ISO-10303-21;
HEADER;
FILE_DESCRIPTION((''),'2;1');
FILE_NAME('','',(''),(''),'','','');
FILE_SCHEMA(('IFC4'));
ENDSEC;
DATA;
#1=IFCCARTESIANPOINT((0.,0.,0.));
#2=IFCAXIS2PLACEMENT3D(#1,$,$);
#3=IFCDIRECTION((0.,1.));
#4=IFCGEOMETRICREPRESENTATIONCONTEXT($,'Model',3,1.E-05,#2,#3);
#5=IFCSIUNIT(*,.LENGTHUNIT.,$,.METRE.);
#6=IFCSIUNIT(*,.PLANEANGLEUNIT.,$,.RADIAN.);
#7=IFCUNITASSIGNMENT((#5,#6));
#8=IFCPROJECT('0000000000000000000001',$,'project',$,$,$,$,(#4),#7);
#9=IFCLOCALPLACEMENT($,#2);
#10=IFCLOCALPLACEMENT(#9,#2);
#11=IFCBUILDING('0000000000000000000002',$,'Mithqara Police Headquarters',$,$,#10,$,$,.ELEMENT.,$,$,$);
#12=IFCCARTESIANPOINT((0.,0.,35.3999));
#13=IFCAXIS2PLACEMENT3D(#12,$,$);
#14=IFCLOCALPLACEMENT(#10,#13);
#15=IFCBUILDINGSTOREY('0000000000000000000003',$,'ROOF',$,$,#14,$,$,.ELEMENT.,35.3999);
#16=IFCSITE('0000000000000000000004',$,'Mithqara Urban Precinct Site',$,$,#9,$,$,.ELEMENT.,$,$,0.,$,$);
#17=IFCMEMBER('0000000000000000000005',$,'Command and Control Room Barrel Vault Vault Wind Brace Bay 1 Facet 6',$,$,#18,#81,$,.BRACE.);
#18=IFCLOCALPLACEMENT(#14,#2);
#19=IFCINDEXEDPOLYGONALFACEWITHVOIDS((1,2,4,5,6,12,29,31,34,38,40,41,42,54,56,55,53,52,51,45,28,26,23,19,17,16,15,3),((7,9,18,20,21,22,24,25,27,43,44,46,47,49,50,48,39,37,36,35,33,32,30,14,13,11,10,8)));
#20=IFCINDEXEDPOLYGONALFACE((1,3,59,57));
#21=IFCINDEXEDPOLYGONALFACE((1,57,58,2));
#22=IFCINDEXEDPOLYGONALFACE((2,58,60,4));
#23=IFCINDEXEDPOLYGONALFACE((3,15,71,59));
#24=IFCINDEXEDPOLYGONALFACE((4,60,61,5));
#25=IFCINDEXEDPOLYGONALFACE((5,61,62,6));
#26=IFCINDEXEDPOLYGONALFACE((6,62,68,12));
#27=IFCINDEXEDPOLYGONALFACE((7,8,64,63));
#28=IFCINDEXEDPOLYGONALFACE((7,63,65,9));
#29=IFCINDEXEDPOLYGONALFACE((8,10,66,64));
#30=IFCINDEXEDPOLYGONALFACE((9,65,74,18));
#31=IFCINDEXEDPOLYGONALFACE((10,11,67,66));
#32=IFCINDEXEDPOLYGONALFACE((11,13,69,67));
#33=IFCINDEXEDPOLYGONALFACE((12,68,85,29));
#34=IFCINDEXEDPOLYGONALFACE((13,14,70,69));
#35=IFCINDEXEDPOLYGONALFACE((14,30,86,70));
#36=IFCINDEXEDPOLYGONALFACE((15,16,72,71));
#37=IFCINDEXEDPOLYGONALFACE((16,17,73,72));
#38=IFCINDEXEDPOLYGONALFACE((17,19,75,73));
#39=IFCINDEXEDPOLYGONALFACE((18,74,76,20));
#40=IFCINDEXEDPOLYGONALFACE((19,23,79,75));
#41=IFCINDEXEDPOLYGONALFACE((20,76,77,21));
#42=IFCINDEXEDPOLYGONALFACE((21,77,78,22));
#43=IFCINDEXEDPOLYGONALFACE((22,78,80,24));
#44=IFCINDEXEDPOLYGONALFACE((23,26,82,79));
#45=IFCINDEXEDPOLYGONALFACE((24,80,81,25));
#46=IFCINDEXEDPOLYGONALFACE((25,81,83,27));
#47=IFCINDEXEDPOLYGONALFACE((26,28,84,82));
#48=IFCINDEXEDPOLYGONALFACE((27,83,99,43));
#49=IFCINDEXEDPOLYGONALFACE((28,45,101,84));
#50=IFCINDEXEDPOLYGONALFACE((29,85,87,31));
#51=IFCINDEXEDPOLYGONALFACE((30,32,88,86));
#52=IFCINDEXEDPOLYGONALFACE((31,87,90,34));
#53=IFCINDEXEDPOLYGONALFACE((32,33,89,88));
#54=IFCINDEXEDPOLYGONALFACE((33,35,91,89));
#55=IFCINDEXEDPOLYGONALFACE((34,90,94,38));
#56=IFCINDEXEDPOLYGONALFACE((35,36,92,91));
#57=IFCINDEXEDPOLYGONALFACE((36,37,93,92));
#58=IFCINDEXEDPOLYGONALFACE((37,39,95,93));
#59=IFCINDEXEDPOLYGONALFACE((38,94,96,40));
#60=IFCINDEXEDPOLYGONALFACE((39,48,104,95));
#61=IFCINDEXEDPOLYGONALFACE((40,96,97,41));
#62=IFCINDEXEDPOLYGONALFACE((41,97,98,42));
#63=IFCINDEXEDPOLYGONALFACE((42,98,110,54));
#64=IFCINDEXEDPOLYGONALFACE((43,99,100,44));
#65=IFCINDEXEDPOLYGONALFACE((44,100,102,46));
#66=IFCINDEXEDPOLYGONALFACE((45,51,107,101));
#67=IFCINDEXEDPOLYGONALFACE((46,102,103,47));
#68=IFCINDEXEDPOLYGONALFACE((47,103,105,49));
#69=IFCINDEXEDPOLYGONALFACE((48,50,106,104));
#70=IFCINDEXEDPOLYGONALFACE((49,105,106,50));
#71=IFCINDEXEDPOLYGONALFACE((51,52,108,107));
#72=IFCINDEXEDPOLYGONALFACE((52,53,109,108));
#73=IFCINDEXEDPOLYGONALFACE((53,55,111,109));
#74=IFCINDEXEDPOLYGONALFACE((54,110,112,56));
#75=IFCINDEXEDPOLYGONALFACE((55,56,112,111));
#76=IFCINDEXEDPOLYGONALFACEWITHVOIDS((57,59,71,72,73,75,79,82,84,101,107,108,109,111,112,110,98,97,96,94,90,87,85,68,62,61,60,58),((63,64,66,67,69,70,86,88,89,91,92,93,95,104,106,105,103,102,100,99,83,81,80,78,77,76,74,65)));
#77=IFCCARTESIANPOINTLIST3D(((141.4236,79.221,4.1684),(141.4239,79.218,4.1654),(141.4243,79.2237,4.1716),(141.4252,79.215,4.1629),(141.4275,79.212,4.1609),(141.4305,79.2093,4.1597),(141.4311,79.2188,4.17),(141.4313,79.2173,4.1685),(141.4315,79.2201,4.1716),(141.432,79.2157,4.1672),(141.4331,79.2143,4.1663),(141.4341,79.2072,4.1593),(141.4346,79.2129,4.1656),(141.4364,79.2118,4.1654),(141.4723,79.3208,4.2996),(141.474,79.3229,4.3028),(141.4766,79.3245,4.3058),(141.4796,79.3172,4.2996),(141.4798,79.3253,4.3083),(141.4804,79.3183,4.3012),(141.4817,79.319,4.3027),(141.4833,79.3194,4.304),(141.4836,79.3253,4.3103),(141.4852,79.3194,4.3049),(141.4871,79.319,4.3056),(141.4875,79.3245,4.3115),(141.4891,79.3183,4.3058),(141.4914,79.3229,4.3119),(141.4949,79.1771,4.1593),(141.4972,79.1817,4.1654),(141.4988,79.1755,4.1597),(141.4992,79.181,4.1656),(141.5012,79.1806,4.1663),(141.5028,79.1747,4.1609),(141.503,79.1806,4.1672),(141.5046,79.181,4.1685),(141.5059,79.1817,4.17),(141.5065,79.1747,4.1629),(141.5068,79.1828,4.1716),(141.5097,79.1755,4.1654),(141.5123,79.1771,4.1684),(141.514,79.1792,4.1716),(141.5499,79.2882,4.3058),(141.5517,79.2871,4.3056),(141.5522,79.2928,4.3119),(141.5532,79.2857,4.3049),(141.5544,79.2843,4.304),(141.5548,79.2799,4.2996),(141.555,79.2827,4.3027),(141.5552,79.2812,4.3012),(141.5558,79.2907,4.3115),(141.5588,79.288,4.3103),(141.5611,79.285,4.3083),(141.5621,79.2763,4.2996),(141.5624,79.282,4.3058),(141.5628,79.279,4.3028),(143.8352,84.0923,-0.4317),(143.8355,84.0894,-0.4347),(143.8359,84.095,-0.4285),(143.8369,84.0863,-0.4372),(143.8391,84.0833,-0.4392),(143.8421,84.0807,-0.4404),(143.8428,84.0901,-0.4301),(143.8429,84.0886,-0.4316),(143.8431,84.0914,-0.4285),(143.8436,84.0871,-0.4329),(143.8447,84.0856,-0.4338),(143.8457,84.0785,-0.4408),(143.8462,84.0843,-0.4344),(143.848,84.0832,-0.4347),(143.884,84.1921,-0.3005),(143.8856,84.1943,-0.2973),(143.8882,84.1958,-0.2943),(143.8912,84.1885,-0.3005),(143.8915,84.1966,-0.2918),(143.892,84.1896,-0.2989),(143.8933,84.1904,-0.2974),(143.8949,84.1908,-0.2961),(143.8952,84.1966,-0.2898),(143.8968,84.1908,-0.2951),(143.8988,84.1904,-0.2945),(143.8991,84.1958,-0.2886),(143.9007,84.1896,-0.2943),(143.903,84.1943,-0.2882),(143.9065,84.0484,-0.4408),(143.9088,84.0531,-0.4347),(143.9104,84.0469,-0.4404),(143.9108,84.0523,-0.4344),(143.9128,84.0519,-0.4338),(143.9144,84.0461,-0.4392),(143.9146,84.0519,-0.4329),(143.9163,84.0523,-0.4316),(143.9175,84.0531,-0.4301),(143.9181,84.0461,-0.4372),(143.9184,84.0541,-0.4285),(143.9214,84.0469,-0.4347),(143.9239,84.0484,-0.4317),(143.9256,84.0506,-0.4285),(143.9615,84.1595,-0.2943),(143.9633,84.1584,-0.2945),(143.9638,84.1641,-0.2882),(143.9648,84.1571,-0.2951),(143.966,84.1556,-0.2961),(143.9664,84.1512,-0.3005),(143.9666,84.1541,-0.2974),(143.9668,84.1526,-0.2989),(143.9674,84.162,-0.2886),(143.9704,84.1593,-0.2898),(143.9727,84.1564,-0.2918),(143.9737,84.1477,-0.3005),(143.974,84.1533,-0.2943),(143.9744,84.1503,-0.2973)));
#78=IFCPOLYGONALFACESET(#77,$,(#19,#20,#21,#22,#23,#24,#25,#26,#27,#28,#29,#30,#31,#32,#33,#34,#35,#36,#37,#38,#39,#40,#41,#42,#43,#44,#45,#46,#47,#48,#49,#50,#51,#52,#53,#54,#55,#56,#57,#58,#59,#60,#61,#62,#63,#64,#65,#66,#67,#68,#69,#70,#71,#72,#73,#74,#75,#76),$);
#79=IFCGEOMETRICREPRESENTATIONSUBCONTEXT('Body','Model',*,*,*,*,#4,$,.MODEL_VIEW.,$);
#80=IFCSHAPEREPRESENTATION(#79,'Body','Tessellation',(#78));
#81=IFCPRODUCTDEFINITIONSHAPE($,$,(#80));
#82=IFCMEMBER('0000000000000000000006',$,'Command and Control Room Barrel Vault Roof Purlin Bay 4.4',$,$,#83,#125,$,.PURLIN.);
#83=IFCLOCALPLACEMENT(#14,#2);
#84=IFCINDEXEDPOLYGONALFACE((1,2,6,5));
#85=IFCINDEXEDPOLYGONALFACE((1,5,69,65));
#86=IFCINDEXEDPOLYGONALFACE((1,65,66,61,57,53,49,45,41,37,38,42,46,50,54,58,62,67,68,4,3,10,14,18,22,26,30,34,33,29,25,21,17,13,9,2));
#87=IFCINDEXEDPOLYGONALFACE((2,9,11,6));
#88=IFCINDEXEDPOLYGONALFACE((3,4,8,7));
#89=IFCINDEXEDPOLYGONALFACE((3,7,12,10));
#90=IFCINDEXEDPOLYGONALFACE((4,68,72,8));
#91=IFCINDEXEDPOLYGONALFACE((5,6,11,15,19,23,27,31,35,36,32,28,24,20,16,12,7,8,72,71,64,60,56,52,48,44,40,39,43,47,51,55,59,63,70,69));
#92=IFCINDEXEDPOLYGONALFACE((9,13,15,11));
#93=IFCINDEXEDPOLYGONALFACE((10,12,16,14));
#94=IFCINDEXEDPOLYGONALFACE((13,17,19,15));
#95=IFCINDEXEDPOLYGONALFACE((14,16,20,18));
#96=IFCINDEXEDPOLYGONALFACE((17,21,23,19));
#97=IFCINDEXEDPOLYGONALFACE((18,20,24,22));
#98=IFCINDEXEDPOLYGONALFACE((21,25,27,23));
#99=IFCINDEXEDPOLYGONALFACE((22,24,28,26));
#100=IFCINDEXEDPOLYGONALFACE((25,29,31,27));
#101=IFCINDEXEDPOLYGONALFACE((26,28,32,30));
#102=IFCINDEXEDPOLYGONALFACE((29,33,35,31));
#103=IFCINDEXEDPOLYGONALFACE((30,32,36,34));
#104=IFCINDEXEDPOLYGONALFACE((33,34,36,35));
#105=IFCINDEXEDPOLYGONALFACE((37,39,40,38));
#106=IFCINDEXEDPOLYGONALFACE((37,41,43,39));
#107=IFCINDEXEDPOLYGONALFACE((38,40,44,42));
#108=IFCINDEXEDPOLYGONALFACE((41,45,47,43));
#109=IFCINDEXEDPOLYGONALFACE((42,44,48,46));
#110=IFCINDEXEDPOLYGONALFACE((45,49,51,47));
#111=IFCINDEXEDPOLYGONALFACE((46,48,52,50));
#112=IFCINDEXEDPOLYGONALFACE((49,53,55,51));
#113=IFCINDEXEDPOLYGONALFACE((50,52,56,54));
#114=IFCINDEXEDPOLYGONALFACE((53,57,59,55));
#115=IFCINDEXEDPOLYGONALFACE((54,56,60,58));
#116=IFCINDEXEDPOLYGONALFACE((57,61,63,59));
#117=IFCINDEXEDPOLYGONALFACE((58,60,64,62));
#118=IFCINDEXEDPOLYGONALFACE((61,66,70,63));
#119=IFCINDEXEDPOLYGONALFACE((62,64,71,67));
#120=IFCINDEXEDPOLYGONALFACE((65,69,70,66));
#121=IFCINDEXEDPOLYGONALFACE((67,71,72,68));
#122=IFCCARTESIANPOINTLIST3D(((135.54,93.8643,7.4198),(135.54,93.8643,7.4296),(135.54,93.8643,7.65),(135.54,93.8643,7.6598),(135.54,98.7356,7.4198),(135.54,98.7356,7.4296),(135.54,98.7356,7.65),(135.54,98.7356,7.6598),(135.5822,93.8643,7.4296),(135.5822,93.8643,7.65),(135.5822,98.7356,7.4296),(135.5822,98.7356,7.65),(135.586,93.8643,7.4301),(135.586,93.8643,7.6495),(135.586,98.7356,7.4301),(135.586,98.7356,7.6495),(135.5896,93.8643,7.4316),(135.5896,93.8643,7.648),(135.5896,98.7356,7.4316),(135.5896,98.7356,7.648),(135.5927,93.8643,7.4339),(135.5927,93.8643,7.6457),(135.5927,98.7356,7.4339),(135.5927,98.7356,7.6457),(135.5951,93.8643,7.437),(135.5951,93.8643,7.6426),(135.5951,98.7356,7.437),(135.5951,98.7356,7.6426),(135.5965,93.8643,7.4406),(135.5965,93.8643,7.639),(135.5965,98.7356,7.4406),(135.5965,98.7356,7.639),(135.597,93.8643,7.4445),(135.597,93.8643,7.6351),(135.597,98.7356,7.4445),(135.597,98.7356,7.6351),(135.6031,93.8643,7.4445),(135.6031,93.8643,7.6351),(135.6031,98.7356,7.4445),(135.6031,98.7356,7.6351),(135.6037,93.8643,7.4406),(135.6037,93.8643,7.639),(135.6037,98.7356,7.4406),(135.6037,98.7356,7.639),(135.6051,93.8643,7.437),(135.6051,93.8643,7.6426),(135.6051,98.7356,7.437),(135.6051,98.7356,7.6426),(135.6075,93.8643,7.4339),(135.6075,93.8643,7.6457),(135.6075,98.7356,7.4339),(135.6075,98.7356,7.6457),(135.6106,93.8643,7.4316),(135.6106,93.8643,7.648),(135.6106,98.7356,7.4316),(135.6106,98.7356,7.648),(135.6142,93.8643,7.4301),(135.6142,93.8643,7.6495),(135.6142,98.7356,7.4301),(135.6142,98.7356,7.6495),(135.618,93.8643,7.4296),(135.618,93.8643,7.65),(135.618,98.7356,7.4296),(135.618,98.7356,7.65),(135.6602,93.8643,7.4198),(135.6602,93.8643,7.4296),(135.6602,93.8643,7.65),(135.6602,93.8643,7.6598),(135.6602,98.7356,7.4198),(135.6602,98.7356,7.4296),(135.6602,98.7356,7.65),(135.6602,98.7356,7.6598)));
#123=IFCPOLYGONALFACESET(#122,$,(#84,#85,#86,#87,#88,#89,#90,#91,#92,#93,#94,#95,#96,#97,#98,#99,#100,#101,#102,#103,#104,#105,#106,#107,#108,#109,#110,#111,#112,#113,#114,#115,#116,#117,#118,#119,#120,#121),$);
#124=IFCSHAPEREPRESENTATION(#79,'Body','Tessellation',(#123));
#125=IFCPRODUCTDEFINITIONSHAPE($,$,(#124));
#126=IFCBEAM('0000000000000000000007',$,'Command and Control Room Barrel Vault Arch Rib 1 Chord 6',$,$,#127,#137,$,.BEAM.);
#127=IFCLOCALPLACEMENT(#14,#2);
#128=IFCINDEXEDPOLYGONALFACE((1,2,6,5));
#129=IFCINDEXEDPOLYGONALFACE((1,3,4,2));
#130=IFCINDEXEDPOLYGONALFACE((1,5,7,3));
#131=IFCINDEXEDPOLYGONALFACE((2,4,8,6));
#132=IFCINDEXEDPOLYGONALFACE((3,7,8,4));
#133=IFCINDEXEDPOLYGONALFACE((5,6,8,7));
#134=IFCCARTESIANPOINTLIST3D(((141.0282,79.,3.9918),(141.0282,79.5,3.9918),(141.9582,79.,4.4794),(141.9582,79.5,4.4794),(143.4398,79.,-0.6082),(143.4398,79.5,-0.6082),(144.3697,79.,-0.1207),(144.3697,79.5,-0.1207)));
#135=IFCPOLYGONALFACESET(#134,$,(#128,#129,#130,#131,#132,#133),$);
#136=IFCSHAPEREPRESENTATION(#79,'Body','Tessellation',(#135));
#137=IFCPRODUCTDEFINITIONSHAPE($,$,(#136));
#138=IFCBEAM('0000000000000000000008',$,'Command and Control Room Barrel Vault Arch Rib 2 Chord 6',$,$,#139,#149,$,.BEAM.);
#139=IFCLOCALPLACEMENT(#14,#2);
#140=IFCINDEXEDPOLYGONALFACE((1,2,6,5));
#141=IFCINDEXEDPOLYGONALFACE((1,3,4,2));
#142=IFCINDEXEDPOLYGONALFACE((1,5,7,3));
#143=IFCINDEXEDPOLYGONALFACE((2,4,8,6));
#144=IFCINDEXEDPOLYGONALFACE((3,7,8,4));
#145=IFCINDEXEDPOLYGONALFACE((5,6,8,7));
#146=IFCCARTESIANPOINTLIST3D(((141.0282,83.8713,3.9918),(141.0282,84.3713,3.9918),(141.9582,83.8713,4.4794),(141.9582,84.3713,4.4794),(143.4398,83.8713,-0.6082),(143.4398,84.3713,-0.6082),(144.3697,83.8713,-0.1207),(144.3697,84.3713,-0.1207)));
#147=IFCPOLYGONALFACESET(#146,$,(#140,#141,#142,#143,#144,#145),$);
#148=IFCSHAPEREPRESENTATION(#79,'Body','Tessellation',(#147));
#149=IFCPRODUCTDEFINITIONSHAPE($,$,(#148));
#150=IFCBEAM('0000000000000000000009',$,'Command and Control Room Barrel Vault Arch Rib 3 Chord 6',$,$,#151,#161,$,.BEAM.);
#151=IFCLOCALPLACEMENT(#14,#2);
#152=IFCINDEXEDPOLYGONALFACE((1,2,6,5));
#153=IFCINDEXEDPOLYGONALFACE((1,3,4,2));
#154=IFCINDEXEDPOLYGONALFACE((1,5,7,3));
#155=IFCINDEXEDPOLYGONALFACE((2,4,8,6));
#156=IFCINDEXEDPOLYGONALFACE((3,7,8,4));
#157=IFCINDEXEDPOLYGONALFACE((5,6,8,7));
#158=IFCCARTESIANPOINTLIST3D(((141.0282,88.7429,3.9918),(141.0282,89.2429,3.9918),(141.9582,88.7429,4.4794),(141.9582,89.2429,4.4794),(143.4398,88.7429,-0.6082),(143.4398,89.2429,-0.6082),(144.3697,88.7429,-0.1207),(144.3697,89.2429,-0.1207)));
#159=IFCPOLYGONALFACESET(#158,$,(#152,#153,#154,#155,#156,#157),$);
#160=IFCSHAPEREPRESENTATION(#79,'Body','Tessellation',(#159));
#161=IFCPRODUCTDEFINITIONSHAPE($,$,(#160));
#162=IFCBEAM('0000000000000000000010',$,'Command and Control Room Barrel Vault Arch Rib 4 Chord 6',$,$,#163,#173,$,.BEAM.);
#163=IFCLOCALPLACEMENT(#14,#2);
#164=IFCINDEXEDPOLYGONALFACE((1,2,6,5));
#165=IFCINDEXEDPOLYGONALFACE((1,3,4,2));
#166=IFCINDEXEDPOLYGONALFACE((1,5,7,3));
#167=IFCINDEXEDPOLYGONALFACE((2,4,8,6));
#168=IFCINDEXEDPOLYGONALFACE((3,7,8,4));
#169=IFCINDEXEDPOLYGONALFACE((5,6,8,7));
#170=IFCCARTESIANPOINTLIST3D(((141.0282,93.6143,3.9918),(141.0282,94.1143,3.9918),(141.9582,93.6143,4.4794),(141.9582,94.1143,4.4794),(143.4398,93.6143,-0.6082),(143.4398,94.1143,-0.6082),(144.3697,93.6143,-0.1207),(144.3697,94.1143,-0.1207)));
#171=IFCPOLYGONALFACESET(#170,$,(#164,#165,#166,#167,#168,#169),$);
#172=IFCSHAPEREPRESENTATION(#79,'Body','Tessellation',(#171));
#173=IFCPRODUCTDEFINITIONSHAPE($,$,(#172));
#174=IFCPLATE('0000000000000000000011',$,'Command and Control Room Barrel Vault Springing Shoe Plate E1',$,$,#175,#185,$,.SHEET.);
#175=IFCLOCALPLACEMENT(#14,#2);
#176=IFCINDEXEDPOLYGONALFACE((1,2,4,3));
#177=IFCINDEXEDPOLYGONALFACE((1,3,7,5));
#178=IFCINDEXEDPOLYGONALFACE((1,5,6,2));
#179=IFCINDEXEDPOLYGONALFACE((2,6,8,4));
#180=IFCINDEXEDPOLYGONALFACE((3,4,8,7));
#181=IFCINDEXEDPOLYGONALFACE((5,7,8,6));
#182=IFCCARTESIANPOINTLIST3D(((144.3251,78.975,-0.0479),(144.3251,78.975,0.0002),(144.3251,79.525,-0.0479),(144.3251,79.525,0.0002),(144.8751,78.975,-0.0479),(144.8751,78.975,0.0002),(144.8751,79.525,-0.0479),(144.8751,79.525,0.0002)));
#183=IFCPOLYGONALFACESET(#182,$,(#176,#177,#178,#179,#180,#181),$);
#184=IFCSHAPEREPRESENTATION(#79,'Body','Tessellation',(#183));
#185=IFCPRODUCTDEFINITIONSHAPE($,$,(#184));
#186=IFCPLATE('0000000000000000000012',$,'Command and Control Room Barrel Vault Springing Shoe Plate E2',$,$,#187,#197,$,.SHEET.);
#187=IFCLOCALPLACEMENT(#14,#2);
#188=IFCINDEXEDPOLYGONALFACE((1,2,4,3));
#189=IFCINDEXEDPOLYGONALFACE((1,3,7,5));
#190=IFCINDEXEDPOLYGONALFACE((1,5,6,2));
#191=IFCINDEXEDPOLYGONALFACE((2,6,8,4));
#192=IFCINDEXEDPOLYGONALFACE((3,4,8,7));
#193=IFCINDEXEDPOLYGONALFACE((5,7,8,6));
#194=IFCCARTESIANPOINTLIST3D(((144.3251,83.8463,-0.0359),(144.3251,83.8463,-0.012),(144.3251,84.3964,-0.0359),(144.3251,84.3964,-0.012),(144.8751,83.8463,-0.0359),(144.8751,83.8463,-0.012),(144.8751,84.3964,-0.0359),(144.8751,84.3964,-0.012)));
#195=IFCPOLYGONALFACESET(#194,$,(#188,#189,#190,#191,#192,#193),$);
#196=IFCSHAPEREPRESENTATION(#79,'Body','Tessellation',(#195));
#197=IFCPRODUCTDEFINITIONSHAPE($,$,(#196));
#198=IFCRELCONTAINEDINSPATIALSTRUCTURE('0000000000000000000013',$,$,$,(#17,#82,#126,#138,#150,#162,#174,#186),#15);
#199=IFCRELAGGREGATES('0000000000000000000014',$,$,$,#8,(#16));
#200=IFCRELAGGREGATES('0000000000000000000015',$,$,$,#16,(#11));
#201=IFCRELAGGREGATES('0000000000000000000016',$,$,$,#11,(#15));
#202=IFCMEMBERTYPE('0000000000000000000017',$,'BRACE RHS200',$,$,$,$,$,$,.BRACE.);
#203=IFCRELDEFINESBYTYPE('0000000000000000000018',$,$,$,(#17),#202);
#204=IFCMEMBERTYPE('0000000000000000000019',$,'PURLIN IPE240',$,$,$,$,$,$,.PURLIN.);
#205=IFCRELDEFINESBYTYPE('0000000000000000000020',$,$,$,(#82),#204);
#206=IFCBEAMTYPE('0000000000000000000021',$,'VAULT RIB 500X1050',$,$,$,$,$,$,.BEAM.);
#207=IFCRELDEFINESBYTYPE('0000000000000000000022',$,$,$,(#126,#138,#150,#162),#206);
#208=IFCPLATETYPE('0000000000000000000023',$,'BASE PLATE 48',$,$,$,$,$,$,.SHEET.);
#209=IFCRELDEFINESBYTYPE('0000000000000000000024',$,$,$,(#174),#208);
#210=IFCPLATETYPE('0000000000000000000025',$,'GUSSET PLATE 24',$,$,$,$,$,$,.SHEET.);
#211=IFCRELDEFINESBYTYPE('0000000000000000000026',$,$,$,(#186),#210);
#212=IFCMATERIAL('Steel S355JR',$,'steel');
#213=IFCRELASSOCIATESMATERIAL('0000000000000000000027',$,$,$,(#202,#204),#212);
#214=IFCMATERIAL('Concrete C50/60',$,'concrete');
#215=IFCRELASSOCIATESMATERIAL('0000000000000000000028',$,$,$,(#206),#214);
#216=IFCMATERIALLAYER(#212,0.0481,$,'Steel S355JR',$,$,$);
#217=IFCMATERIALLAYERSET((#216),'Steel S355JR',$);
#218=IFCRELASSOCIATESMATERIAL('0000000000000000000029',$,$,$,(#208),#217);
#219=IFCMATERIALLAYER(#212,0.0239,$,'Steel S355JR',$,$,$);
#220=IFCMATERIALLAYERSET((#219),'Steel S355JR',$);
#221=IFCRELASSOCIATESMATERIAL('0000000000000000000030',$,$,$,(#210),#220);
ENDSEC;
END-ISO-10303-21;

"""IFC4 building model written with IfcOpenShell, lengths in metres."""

from ifc_helpers import new_model, si_unit, direction, frame, origin, origin_2d, place, context, subcontext, project, spatial, rectangle, hollow_rectangle, i_section, extrude, material, layer, layer_set, material_profile, profile_set, type_object, element, save


model = new_model("IFC4")

# Units and contexts
model_context = context("Model", 3, precision=1e-05, world=origin(), true_north=direction((0.0, 1.0)))
body_context = subcontext(model_context, "Body", "Model", "MODEL_VIEW")
ifc_project = project(units=[si_unit("LENGTHUNIT", "METRE"), si_unit("PLANEANGLEUNIT", "RADIAN")], contexts=[model_context])

# Site, building, storey
site_placement = place(None, origin())
site = spatial("IfcSite", under=ifc_project, at=site_placement, Name="Mithqara Urban Precinct Site", CompositionType="ELEMENT", RefElevation=0.0)
building_placement = place(site_placement, origin())
building = spatial("IfcBuilding", under=site, at=building_placement, Name="Mithqara Police Headquarters", CompositionType="ELEMENT")
storey_placement = place(building_placement, frame((0.0, 0.0, 35.3999)))
storey = spatial("IfcBuildingStorey", under=building, at=storey_placement, Name="ROOF", CompositionType="ELEMENT", Elevation=35.3999)

# Members
ifc_material_1 = material(Name="Steel S355JR", Category="steel")
ifc_material_profile_1 = material_profile(ifc_material_1, hollow_rectangle(XDim=0.1001, YDim=0.2, WallThickness=0.0081, InnerFilletRadius=0.0081, OuterFilletRadius=0.0161, at=origin_2d()), Name="RHS 200x100x8.0")
ifc_profile_set_1 = profile_set([ifc_material_profile_1], Name="Steel S355JR")
member_type_1 = type_object("IfcMemberType", Name="BRACE RHS200", PredefinedType="BRACE", material=ifc_profile_set_1)
member_1_placement = place(storey_placement, frame((141.4932, 79.25, 4.2356), z_axis=(0.33867, 0.684093, -0.646002), x_axis=(-0.89619, 0.443671, 0.0)))
element("IfcMember", 1, at=member_1_placement, inside=storey, type_object=member_type_1, Name="Command and Control Room Barrel Vault Vault Wind Brace Bay 1 Facet 6", PredefinedType="BRACE", context=body_context, shape_type="SweptSolid", body=[
    extrude(hollow_rectangle(XDim=0.1001, YDim=0.2, WallThickness=0.0081, InnerFilletRadius=0.0081, OuterFilletRadius=0.0161, at=origin_2d()), origin(), (0.0, 0.0, 1.0), 7.1208),
])
ifc_material_profile_2 = material_profile(ifc_material_1, i_section(OverallWidth=0.1201, OverallDepth=0.24, WebThickness=0.0061, FlangeThickness=0.0098, FilletRadius=0.0149, at=origin_2d()), Name="IPE 240")
ifc_profile_set_2 = profile_set([ifc_material_profile_2], Name="Steel S355JR")
member_type_2 = type_object("IfcMemberType", Name="PURLIN IPE240", PredefinedType="PURLIN", material=ifc_profile_set_2)
member_2_placement = place(storey_placement, frame((135.6001, 93.8643, 7.5398), z_axis=(0.0, 1.0, 0.0), x_axis=(-1.0, 0.0, 0.0)))
element("IfcMember", 2, at=member_2_placement, inside=storey, type_object=member_type_2, Name="Command and Control Room Barrel Vault Roof Purlin Bay 4.4", PredefinedType="PURLIN", context=body_context, shape_type="SweptSolid", body=[
    extrude(i_section(OverallWidth=0.1201, OverallDepth=0.24, WebThickness=0.0061, FlangeThickness=0.0098, FilletRadius=0.0149, at=origin_2d()), origin(), (0.0, 0.0, 1.0), 4.8713),
])

# Beams
ifc_material_2 = material(Name="Concrete C50/60", Category="concrete")
ifc_material_profile_3 = material_profile(ifc_material_2, rectangle(XDim=0.5, YDim=1.05, at=origin_2d()), Name="RIB 500x1050")
ifc_profile_set_3 = profile_set([ifc_material_profile_3], Name="Concrete C50/60")
beam_type = type_object("IfcBeamType", Name="VAULT RIB 500X1050", PredefinedType="BEAM", material=ifc_profile_set_3)
for number, where, z_axis, x_axis, name in (
    (3, (141.4932, 79.25, 4.2356), (0.464316, 0.0, -0.88567), (0.0, 1.0, 0.0), "Command and Control Room Barrel Vault Arch Rib 1 Chord 6"),
    (4, (141.4932, 84.1213, 4.2356), (0.464316, 0.0, -0.88567), (0.0, 1.0, 0.0), "Command and Control Room Barrel Vault Arch Rib 2 Chord 6"),
    (5, (141.4932, 88.9929, 4.2356), (0.464316, 0.0, -0.88567), (0.0, 1.0, 0.0), "Command and Control Room Barrel Vault Arch Rib 3 Chord 6"),
    (6, (141.4932, 93.8643, 4.2356), (0.464316, 0.0, -0.88567), (0.0, 1.0, 0.0), "Command and Control Room Barrel Vault Arch Rib 4 Chord 6"),
):
    element("IfcBeam", number, at=place(storey_placement, frame(where, z_axis=z_axis, x_axis=x_axis)), inside=storey, type_object=beam_type, Name=name, PredefinedType="BEAM", context=body_context, shape_type="SweptSolid", body=[
        extrude(rectangle(XDim=0.5, YDim=1.05, at=origin_2d()), origin(), (0.0, 0.0, 1.0), 5.1938),
    ])

# Plates
ifc_layer_1 = layer(ifc_material_1, 0.0481, Name="Steel S355JR")
ifc_layer_set_1 = layer_set([ifc_layer_1], Name="Steel S355JR")
plate_type_1 = type_object("IfcPlateType", Name="BASE PLATE 48", PredefinedType="SHEET", material=ifc_layer_set_1)
plate_placement = place(storey_placement, frame((144.6001, 79.25, -0.0479), z_axis=(0.0, 0.0, 1.0), x_axis=(1.0, 0.0, 0.0)))
element("IfcPlate", 7, at=plate_placement, inside=storey, type_object=plate_type_1, Name="Command and Control Room Barrel Vault Springing Shoe Plate E1", PredefinedType="SHEET", context=body_context, shape_type="SweptSolid", body=[
    extrude(rectangle(XDim=0.55, YDim=0.55, at=origin_2d()), origin(), (0.0, 0.0, 1.0), 0.0481),
])
ifc_layer_2 = layer(ifc_material_1, 0.0239, Name="Steel S355JR")
ifc_layer_set_2 = layer_set([ifc_layer_2], Name="Steel S355JR")
plate_type_2 = type_object("IfcPlateType", Name="GUSSET PLATE 24", PredefinedType="SHEET", material=ifc_layer_set_2)
for number, where, z_axis, x_axis, name in (
    (8, (144.6001, 84.1213, -0.0359), (0.0, 0.0, 1.0), (1.0, 0.0, 0.0), "Command and Control Room Barrel Vault Springing Shoe Plate E2"),
):
    element("IfcPlate", number, at=place(storey_placement, frame(where, z_axis=z_axis, x_axis=x_axis)), inside=storey, type_object=plate_type_2, Name=name, PredefinedType="SHEET", context=body_context, shape_type="SweptSolid", body=[
        extrude(rectangle(XDim=0.55, YDim=0.55, at=origin_2d()), origin(), (0.0, 0.0, 1.0), 0.0239),
    ])

save(model, "model.ifc")
